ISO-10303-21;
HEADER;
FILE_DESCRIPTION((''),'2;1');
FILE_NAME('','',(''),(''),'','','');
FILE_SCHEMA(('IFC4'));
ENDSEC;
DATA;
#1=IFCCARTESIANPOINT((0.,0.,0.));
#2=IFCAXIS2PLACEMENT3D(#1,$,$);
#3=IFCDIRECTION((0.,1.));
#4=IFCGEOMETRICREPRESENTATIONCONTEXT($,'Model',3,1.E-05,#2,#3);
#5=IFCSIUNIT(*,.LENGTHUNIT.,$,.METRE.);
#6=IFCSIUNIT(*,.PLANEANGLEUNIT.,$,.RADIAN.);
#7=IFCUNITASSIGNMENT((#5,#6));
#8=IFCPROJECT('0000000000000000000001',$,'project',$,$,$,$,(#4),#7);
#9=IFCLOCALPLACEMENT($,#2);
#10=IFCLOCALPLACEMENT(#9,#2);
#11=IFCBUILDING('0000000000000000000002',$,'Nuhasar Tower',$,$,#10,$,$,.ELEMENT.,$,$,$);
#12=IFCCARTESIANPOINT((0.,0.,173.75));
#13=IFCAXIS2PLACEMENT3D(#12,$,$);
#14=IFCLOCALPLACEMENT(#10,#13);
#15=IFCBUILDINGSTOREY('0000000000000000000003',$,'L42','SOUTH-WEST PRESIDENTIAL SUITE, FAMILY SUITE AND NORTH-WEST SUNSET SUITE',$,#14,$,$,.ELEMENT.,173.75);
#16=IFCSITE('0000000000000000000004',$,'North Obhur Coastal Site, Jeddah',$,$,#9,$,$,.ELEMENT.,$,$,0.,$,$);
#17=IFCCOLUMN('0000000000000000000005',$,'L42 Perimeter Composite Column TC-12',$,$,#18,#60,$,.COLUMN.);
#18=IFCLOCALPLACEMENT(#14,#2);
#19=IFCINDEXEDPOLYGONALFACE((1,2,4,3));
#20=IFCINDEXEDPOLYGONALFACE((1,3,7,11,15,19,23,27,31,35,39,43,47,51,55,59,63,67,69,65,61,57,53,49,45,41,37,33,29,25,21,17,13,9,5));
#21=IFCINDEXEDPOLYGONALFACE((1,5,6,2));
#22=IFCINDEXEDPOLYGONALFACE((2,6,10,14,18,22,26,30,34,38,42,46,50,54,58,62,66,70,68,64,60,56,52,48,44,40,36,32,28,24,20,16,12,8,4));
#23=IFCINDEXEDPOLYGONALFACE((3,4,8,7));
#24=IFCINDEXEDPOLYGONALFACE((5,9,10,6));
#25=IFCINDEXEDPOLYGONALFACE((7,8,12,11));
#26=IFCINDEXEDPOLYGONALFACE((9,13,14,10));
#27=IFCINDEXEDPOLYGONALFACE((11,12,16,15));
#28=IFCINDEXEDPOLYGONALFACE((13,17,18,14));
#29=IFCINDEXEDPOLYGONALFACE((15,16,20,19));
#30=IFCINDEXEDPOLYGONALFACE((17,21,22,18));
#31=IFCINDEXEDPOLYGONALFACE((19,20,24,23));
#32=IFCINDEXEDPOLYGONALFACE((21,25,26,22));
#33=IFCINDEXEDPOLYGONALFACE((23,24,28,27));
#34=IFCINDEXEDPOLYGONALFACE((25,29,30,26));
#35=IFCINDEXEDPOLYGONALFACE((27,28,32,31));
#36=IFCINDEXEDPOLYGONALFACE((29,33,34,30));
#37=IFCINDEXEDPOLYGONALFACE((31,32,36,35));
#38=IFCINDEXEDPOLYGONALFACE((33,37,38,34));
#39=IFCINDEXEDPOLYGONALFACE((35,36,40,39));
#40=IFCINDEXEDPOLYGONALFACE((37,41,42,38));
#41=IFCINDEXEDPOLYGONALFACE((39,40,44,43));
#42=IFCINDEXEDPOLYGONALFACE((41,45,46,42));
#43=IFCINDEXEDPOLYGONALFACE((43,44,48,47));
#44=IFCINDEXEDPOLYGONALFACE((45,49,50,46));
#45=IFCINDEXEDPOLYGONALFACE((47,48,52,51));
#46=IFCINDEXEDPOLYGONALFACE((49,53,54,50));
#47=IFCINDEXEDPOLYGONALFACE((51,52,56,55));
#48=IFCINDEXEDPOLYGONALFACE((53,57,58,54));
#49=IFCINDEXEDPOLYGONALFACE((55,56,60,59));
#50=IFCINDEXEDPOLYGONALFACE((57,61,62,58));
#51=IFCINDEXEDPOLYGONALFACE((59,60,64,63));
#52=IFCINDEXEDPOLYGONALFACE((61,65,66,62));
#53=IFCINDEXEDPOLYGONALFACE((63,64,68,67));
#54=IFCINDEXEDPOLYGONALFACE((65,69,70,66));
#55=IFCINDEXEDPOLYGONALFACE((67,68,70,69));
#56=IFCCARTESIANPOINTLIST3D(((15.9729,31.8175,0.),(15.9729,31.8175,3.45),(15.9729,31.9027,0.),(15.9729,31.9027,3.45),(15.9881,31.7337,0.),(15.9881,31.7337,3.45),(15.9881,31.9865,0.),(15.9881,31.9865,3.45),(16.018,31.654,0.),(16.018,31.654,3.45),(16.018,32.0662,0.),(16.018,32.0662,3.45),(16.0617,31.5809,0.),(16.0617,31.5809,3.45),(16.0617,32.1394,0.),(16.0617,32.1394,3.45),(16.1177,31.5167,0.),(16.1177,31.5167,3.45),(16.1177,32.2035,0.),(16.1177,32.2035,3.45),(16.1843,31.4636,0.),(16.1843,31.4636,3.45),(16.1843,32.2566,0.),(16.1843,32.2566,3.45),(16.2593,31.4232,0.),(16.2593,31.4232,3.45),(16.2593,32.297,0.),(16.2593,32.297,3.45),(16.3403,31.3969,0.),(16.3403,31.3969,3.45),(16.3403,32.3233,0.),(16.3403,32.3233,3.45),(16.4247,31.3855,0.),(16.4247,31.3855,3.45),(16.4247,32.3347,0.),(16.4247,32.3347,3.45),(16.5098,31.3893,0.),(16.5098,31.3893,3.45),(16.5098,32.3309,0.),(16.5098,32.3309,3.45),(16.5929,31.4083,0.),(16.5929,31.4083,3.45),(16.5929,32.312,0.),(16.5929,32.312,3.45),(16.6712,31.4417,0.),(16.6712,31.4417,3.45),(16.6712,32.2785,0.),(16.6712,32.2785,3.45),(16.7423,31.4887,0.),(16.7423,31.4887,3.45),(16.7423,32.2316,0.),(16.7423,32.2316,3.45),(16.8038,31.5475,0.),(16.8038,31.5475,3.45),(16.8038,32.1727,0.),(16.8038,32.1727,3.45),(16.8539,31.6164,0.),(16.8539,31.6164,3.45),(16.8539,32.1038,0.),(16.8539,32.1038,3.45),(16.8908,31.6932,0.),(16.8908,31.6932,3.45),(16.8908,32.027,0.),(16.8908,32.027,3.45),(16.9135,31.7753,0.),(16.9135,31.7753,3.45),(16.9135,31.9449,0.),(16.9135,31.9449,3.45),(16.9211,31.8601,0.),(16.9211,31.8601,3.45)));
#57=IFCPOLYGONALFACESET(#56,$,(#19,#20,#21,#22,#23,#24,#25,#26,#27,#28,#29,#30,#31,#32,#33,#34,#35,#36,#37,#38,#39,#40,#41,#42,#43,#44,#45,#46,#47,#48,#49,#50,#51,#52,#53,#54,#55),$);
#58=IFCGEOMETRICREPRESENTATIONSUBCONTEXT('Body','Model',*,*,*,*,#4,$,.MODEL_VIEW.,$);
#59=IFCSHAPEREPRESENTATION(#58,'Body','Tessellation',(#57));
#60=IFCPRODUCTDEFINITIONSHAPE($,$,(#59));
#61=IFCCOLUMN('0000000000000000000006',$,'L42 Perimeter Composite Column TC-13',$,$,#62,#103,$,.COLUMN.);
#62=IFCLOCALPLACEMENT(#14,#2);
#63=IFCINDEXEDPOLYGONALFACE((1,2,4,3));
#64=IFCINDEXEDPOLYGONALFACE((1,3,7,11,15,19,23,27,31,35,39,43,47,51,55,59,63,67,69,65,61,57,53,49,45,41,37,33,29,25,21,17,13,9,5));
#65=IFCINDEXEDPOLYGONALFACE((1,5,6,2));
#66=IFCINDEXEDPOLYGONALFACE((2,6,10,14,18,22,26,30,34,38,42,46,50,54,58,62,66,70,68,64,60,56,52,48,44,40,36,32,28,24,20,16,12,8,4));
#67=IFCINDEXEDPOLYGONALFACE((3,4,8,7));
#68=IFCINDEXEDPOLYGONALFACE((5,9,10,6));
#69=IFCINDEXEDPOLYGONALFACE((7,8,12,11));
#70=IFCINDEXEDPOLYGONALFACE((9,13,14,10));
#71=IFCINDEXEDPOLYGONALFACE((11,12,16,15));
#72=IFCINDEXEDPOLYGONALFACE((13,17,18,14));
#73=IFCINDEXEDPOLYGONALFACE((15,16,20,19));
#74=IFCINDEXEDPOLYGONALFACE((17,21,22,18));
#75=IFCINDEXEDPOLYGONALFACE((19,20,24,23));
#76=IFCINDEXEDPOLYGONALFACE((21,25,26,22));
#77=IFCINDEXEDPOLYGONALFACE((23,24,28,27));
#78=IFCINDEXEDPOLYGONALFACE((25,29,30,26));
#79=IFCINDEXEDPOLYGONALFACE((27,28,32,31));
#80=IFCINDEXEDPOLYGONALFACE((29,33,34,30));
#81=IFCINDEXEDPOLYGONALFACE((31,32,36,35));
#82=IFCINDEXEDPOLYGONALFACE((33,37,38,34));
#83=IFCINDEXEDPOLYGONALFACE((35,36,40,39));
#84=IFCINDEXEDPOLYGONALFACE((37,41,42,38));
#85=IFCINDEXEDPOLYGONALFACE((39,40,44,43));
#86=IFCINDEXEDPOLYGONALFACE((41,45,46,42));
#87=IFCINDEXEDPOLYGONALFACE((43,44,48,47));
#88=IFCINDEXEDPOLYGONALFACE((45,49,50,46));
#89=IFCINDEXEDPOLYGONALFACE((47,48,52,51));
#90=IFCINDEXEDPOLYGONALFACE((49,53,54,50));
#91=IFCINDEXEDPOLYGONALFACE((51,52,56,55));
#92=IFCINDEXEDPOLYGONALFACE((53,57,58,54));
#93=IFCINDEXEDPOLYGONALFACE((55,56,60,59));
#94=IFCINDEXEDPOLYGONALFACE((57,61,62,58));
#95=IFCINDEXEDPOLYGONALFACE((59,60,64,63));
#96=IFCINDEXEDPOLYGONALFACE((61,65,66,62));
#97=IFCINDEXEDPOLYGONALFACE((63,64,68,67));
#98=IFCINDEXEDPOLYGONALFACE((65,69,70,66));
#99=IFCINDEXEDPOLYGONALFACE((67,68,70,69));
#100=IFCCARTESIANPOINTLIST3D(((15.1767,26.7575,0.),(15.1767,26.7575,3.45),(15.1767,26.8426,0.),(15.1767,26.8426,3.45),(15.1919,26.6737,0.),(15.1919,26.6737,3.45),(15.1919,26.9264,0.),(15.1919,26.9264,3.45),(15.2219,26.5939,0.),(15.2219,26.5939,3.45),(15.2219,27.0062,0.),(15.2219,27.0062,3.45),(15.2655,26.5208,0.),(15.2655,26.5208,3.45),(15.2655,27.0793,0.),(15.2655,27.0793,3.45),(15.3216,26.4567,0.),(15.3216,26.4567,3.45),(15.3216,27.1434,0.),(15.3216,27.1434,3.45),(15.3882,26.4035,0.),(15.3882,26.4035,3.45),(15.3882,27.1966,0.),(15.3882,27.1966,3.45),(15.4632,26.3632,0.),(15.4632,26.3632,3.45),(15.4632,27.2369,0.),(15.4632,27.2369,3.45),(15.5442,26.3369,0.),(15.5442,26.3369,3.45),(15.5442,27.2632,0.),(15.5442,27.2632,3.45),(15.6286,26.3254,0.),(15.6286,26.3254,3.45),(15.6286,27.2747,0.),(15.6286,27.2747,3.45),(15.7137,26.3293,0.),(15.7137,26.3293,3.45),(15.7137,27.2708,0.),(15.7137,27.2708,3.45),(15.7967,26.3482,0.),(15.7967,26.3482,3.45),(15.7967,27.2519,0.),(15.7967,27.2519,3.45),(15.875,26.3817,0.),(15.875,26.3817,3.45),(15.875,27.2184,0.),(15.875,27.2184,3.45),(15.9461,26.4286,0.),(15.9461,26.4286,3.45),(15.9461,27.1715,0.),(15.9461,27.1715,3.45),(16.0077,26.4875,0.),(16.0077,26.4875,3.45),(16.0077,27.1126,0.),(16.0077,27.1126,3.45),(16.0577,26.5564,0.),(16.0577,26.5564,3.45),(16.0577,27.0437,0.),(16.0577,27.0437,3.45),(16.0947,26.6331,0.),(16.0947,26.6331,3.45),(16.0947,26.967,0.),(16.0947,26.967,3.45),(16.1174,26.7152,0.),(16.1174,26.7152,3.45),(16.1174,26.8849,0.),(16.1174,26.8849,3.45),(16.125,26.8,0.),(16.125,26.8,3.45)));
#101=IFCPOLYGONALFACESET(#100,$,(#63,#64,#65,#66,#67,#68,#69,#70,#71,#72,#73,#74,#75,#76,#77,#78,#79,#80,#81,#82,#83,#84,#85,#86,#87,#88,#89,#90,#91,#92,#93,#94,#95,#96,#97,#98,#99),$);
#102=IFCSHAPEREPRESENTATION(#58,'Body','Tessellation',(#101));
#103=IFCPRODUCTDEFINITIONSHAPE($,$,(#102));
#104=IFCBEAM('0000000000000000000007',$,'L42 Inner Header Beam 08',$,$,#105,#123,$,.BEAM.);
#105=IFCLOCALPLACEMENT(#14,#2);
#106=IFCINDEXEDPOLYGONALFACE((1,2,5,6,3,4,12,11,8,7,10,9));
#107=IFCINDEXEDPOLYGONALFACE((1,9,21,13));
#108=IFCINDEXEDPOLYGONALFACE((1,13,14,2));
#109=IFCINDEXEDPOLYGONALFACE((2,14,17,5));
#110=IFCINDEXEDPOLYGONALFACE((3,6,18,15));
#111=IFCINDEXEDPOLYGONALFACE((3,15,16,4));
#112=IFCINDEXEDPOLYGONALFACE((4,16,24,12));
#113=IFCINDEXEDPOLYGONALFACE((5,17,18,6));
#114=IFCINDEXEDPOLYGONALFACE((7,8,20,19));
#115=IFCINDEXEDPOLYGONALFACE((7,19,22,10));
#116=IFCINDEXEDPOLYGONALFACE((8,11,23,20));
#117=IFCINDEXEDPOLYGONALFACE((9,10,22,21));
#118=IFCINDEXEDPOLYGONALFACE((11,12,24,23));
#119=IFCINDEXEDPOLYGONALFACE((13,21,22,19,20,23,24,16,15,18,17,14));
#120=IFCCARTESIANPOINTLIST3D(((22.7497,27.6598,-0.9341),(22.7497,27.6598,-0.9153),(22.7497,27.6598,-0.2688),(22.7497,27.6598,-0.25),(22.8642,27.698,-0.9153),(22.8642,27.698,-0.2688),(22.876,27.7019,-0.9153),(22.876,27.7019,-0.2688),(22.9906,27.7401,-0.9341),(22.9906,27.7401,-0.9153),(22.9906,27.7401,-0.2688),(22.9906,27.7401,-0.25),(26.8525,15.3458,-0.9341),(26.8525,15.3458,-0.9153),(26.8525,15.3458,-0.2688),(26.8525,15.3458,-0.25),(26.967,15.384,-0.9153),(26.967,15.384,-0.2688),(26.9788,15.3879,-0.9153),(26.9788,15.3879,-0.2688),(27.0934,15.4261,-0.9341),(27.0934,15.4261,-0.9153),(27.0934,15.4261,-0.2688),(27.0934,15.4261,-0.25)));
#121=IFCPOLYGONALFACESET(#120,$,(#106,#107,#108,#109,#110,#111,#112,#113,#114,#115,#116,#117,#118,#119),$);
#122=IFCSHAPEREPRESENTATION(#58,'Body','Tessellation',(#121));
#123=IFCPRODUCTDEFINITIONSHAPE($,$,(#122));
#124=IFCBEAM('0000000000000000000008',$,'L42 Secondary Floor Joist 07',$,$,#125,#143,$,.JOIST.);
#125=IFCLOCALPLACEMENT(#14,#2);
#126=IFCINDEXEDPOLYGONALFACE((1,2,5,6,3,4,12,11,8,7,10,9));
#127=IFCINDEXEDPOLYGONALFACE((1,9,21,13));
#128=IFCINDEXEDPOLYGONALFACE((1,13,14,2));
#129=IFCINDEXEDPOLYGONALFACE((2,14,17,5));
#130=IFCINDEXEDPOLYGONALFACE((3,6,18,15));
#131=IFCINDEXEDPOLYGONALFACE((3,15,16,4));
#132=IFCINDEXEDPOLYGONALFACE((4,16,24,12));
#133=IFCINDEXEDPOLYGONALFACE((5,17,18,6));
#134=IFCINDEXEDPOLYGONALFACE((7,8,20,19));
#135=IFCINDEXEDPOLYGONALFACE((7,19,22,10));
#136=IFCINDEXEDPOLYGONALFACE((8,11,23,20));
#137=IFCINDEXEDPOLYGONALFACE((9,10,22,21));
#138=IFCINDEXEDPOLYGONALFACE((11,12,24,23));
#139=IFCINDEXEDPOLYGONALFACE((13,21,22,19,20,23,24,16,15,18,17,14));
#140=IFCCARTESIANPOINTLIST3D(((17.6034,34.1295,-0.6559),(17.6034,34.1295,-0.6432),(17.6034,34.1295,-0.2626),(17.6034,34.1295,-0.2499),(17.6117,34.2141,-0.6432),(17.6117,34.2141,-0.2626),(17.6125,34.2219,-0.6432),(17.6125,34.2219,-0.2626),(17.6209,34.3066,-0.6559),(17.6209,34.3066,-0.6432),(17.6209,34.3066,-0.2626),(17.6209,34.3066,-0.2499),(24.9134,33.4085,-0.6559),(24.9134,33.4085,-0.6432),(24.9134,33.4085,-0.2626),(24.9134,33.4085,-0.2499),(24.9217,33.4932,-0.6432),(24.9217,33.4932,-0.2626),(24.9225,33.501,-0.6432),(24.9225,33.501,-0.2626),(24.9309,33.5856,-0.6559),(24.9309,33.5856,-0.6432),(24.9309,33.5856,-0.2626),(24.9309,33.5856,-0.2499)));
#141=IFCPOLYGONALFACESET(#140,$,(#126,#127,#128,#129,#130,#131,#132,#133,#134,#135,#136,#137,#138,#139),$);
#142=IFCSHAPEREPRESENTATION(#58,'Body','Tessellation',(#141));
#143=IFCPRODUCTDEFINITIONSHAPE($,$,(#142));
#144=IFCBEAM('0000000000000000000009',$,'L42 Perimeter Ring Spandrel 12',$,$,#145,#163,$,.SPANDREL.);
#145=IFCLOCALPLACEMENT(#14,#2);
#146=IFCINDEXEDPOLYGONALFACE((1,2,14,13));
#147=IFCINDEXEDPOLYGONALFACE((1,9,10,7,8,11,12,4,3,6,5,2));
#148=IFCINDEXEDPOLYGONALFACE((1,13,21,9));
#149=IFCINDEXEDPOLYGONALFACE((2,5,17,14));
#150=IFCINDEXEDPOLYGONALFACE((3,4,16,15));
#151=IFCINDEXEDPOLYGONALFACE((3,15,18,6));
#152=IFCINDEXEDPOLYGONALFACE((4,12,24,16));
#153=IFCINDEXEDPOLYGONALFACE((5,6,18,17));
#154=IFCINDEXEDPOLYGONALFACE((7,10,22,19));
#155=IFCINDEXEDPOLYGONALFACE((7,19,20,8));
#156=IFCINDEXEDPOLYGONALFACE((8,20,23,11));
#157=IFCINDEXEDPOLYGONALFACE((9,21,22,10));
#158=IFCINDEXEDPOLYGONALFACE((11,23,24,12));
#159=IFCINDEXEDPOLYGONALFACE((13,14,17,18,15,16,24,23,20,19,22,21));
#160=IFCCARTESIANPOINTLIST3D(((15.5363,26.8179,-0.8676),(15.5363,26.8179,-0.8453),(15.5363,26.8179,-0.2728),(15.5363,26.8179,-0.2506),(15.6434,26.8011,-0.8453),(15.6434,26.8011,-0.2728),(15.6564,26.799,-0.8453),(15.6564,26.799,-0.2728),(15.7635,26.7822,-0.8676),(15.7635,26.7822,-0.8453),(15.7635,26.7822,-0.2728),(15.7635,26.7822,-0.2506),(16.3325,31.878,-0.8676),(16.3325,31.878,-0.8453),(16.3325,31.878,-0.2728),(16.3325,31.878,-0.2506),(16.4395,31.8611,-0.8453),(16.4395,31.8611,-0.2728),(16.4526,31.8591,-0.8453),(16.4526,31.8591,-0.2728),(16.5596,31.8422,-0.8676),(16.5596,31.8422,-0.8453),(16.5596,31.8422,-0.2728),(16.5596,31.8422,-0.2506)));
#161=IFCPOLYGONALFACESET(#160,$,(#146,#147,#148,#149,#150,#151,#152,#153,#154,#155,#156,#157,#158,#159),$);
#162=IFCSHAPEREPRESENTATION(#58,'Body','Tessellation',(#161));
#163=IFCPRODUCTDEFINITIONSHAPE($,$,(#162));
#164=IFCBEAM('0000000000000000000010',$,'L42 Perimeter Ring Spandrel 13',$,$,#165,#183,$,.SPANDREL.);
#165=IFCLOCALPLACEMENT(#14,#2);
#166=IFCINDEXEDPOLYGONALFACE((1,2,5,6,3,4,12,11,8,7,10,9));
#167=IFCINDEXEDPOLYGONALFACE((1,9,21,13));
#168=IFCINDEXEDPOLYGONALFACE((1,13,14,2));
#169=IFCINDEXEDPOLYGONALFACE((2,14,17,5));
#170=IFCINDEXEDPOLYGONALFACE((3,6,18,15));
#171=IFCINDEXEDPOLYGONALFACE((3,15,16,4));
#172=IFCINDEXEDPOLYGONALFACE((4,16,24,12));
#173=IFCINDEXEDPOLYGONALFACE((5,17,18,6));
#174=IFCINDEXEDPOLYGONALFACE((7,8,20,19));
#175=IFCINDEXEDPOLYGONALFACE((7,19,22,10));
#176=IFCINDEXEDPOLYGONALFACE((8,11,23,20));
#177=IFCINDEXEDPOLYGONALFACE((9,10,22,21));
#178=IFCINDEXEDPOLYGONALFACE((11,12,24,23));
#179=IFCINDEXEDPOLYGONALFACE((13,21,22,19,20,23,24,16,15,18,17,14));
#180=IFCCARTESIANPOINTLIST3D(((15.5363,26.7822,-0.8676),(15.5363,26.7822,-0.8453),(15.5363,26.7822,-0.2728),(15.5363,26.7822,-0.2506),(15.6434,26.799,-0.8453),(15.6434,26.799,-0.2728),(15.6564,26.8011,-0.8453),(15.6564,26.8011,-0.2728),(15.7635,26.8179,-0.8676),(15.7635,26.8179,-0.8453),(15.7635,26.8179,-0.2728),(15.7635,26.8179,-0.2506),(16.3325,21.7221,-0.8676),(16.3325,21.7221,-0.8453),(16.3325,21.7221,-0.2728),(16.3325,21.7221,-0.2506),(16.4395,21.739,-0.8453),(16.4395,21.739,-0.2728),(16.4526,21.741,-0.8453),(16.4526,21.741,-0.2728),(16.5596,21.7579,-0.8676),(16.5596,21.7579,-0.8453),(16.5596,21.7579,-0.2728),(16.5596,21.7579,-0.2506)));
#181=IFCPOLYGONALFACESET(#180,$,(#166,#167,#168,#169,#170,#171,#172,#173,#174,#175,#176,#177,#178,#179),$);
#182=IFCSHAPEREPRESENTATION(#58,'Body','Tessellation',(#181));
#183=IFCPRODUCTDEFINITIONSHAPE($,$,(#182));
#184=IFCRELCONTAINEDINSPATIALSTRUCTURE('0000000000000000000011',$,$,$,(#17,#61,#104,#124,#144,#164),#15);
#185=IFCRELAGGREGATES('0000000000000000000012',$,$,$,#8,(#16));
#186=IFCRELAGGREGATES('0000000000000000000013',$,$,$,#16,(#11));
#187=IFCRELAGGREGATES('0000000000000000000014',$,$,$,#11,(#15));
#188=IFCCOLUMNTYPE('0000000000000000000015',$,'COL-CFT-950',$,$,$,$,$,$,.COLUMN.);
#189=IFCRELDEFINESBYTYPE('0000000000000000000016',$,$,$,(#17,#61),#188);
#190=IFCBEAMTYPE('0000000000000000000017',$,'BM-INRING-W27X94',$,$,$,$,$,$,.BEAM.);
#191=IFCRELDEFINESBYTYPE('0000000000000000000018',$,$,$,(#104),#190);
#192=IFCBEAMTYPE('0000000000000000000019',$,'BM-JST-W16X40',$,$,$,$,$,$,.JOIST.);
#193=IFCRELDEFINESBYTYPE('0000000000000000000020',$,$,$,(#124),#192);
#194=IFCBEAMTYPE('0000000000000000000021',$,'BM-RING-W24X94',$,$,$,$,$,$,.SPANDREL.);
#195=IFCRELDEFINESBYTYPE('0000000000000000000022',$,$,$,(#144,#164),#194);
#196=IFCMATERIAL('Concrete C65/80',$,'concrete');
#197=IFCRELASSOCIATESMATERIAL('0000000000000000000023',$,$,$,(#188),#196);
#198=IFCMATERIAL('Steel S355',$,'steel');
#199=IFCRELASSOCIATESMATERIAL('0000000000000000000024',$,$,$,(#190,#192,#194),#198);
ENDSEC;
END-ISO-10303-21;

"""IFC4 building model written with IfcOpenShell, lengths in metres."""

from ifc_helpers import new_model, si_unit, direction, frame, origin, origin_2d, place, context, subcontext, project, spatial, circle, i_section, extrude, material, material_profile, profile_set, type_object, element, save


model = new_model("IFC4")

# Units and contexts
model_context = context("Model", 3, precision=1e-05, world=origin(), true_north=direction((0.0, 1.0)))
body_context = subcontext(model_context, "Body", "Model", "MODEL_VIEW")
ifc_project = project(units=[si_unit("LENGTHUNIT", "METRE"), si_unit("PLANEANGLEUNIT", "RADIAN")], contexts=[model_context])

# Site, building, storey
site_placement = place(None, origin())
site = spatial("IfcSite", under=ifc_project, at=site_placement, Name="North Obhur Coastal Site, Jeddah", CompositionType="ELEMENT", RefElevation=0.0)
building_placement = place(site_placement, origin())
building = spatial("IfcBuilding", under=site, at=building_placement, Name="Nuhasar Tower", CompositionType="ELEMENT")
storey_placement = place(building_placement, frame((0.0, 0.0, 173.75)))
storey = spatial("IfcBuildingStorey", under=building, at=storey_placement, Name="L42", Description="SOUTH-WEST PRESIDENTIAL SUITE, FAMILY SUITE AND NORTH-WEST SUNSET SUITE", CompositionType="ELEMENT", Elevation=173.75)

# Columns
ifc_material_1 = material(Name="Concrete C65/80", Category="concrete")
ifc_material_profile_1 = material_profile(ifc_material_1, circle(Radius=0.4751, at=origin_2d()), Name="CFT950")
ifc_profile_set_1 = profile_set([ifc_material_profile_1], Name="Concrete C65/80")
column_type = type_object("IfcColumnType", Name="COL-CFT-950", PredefinedType="COLUMN", material=ifc_profile_set_1)
for number, where, z_axis, x_axis, name in (
    (1, (16.446, 31.8601, 0.0), (0.0, 0.0, 1.0), (1.0, 0.0, 0.0), "L42 Perimeter Composite Column TC-12"),
    (2, (15.6499, 26.8, 0.0), (0.0, 0.0, 1.0), (1.0, 0.0, 0.0), "L42 Perimeter Composite Column TC-13"),
):
    element("IfcColumn", number, at=place(storey_placement, frame(where, z_axis=z_axis, x_axis=x_axis)), inside=storey, type_object=column_type, Name=name, PredefinedType="COLUMN", context=body_context, shape_type="SweptSolid", body=[
        extrude(circle(Radius=0.4751, at=origin_2d()), origin(), (0.0, 0.0, 1.0), 3.45),
    ])

# Beams
ifc_material_2 = material(Name="Steel S355", Category="steel")
ifc_material_profile_2 = material_profile(ifc_material_2, i_section(OverallWidth=0.2539, OverallDepth=0.6841, WebThickness=0.0125, FlangeThickness=0.0188, at=origin_2d()), Name="W27X94")
ifc_profile_set_2 = profile_set([ifc_material_profile_2], Name="Steel S355")
beam_type_1 = type_object("IfcBeamType", Name="BM-INRING-W27X94", PredefinedType="BEAM", material=ifc_profile_set_2)
beam_1_placement = place(storey_placement, frame((22.8701, 27.7, -0.592), z_axis=(0.316098, -0.948727, 0.0), x_axis=(0.948727, 0.316098, 0.0)))
element("IfcBeam", 3, at=beam_1_placement, inside=storey, type_object=beam_type_1, Name="L42 Inner Header Beam 08", PredefinedType="BEAM", context=body_context, shape_type="SweptSolid", body=[
    extrude(i_section(OverallWidth=0.2539, OverallDepth=0.6841, WebThickness=0.0125, FlangeThickness=0.0188, at=origin_2d()), origin(), (0.0, 0.0, 1.0), 12.9795),
])
ifc_material_profile_3 = material_profile(ifc_material_2, i_section(OverallWidth=0.178, OverallDepth=0.406, WebThickness=0.0078, FlangeThickness=0.0127, at=origin_2d()), Name="W16X40")
ifc_profile_set_3 = profile_set([ifc_material_profile_3], Name="Steel S355")
beam_type_2 = type_object("IfcBeamType", Name="BM-JST-W16X40", PredefinedType="JOIST", material=ifc_profile_set_3)
beam_2_placement = place(storey_placement, frame((24.9221, 33.4971, -0.4529), z_axis=(-0.995172, 0.098148, 0.0), x_axis=(-0.098148, -0.995172, 0.0)))
element("IfcBeam", 4, at=beam_2_placement, inside=storey, type_object=beam_type_2, Name="L42 Secondary Floor Joist 07", PredefinedType="JOIST", context=body_context, shape_type="SweptSolid", body=[
    extrude(i_section(OverallWidth=0.178, OverallDepth=0.406, WebThickness=0.0078, FlangeThickness=0.0127, at=origin_2d()), origin(), (0.0, 0.0, 1.0), 7.3455),
])
ifc_material_profile_4 = material_profile(ifc_material_2, i_section(OverallWidth=0.23, OverallDepth=0.6169, WebThickness=0.0132, FlangeThickness=0.0222, at=origin_2d()), Name="W24X94")
ifc_profile_set_4 = profile_set([ifc_material_profile_4], Name="Steel S355")
beam_type_3 = type_object("IfcBeamType", Name="BM-RING-W24X94", PredefinedType="SPANDREL", material=ifc_profile_set_4)
for number, where, z_axis, x_axis, name in (
    (5, (16.446, 31.8601, -0.5591), (-0.155427, -0.987847, 0.0), (0.987847, -0.155427, 0.0), "L42 Perimeter Ring Spandrel 12"),
    (6, (15.6499, 26.8, -0.5591), (0.155427, -0.987847, 0.0), (0.987847, 0.155427, 0.0), "L42 Perimeter Ring Spandrel 13"),
):
    element("IfcBeam", number, at=place(storey_placement, frame(where, z_axis=z_axis, x_axis=x_axis)), inside=storey, type_object=beam_type_3, Name=name, PredefinedType="SPANDREL", context=body_context, shape_type="SweptSolid", body=[
        extrude(i_section(OverallWidth=0.23, OverallDepth=0.6169, WebThickness=0.0132, FlangeThickness=0.0222, at=origin_2d()), origin(), (0.0, 0.0, 1.0), 5.1223),
    ])

save(model, "model.ifc")
